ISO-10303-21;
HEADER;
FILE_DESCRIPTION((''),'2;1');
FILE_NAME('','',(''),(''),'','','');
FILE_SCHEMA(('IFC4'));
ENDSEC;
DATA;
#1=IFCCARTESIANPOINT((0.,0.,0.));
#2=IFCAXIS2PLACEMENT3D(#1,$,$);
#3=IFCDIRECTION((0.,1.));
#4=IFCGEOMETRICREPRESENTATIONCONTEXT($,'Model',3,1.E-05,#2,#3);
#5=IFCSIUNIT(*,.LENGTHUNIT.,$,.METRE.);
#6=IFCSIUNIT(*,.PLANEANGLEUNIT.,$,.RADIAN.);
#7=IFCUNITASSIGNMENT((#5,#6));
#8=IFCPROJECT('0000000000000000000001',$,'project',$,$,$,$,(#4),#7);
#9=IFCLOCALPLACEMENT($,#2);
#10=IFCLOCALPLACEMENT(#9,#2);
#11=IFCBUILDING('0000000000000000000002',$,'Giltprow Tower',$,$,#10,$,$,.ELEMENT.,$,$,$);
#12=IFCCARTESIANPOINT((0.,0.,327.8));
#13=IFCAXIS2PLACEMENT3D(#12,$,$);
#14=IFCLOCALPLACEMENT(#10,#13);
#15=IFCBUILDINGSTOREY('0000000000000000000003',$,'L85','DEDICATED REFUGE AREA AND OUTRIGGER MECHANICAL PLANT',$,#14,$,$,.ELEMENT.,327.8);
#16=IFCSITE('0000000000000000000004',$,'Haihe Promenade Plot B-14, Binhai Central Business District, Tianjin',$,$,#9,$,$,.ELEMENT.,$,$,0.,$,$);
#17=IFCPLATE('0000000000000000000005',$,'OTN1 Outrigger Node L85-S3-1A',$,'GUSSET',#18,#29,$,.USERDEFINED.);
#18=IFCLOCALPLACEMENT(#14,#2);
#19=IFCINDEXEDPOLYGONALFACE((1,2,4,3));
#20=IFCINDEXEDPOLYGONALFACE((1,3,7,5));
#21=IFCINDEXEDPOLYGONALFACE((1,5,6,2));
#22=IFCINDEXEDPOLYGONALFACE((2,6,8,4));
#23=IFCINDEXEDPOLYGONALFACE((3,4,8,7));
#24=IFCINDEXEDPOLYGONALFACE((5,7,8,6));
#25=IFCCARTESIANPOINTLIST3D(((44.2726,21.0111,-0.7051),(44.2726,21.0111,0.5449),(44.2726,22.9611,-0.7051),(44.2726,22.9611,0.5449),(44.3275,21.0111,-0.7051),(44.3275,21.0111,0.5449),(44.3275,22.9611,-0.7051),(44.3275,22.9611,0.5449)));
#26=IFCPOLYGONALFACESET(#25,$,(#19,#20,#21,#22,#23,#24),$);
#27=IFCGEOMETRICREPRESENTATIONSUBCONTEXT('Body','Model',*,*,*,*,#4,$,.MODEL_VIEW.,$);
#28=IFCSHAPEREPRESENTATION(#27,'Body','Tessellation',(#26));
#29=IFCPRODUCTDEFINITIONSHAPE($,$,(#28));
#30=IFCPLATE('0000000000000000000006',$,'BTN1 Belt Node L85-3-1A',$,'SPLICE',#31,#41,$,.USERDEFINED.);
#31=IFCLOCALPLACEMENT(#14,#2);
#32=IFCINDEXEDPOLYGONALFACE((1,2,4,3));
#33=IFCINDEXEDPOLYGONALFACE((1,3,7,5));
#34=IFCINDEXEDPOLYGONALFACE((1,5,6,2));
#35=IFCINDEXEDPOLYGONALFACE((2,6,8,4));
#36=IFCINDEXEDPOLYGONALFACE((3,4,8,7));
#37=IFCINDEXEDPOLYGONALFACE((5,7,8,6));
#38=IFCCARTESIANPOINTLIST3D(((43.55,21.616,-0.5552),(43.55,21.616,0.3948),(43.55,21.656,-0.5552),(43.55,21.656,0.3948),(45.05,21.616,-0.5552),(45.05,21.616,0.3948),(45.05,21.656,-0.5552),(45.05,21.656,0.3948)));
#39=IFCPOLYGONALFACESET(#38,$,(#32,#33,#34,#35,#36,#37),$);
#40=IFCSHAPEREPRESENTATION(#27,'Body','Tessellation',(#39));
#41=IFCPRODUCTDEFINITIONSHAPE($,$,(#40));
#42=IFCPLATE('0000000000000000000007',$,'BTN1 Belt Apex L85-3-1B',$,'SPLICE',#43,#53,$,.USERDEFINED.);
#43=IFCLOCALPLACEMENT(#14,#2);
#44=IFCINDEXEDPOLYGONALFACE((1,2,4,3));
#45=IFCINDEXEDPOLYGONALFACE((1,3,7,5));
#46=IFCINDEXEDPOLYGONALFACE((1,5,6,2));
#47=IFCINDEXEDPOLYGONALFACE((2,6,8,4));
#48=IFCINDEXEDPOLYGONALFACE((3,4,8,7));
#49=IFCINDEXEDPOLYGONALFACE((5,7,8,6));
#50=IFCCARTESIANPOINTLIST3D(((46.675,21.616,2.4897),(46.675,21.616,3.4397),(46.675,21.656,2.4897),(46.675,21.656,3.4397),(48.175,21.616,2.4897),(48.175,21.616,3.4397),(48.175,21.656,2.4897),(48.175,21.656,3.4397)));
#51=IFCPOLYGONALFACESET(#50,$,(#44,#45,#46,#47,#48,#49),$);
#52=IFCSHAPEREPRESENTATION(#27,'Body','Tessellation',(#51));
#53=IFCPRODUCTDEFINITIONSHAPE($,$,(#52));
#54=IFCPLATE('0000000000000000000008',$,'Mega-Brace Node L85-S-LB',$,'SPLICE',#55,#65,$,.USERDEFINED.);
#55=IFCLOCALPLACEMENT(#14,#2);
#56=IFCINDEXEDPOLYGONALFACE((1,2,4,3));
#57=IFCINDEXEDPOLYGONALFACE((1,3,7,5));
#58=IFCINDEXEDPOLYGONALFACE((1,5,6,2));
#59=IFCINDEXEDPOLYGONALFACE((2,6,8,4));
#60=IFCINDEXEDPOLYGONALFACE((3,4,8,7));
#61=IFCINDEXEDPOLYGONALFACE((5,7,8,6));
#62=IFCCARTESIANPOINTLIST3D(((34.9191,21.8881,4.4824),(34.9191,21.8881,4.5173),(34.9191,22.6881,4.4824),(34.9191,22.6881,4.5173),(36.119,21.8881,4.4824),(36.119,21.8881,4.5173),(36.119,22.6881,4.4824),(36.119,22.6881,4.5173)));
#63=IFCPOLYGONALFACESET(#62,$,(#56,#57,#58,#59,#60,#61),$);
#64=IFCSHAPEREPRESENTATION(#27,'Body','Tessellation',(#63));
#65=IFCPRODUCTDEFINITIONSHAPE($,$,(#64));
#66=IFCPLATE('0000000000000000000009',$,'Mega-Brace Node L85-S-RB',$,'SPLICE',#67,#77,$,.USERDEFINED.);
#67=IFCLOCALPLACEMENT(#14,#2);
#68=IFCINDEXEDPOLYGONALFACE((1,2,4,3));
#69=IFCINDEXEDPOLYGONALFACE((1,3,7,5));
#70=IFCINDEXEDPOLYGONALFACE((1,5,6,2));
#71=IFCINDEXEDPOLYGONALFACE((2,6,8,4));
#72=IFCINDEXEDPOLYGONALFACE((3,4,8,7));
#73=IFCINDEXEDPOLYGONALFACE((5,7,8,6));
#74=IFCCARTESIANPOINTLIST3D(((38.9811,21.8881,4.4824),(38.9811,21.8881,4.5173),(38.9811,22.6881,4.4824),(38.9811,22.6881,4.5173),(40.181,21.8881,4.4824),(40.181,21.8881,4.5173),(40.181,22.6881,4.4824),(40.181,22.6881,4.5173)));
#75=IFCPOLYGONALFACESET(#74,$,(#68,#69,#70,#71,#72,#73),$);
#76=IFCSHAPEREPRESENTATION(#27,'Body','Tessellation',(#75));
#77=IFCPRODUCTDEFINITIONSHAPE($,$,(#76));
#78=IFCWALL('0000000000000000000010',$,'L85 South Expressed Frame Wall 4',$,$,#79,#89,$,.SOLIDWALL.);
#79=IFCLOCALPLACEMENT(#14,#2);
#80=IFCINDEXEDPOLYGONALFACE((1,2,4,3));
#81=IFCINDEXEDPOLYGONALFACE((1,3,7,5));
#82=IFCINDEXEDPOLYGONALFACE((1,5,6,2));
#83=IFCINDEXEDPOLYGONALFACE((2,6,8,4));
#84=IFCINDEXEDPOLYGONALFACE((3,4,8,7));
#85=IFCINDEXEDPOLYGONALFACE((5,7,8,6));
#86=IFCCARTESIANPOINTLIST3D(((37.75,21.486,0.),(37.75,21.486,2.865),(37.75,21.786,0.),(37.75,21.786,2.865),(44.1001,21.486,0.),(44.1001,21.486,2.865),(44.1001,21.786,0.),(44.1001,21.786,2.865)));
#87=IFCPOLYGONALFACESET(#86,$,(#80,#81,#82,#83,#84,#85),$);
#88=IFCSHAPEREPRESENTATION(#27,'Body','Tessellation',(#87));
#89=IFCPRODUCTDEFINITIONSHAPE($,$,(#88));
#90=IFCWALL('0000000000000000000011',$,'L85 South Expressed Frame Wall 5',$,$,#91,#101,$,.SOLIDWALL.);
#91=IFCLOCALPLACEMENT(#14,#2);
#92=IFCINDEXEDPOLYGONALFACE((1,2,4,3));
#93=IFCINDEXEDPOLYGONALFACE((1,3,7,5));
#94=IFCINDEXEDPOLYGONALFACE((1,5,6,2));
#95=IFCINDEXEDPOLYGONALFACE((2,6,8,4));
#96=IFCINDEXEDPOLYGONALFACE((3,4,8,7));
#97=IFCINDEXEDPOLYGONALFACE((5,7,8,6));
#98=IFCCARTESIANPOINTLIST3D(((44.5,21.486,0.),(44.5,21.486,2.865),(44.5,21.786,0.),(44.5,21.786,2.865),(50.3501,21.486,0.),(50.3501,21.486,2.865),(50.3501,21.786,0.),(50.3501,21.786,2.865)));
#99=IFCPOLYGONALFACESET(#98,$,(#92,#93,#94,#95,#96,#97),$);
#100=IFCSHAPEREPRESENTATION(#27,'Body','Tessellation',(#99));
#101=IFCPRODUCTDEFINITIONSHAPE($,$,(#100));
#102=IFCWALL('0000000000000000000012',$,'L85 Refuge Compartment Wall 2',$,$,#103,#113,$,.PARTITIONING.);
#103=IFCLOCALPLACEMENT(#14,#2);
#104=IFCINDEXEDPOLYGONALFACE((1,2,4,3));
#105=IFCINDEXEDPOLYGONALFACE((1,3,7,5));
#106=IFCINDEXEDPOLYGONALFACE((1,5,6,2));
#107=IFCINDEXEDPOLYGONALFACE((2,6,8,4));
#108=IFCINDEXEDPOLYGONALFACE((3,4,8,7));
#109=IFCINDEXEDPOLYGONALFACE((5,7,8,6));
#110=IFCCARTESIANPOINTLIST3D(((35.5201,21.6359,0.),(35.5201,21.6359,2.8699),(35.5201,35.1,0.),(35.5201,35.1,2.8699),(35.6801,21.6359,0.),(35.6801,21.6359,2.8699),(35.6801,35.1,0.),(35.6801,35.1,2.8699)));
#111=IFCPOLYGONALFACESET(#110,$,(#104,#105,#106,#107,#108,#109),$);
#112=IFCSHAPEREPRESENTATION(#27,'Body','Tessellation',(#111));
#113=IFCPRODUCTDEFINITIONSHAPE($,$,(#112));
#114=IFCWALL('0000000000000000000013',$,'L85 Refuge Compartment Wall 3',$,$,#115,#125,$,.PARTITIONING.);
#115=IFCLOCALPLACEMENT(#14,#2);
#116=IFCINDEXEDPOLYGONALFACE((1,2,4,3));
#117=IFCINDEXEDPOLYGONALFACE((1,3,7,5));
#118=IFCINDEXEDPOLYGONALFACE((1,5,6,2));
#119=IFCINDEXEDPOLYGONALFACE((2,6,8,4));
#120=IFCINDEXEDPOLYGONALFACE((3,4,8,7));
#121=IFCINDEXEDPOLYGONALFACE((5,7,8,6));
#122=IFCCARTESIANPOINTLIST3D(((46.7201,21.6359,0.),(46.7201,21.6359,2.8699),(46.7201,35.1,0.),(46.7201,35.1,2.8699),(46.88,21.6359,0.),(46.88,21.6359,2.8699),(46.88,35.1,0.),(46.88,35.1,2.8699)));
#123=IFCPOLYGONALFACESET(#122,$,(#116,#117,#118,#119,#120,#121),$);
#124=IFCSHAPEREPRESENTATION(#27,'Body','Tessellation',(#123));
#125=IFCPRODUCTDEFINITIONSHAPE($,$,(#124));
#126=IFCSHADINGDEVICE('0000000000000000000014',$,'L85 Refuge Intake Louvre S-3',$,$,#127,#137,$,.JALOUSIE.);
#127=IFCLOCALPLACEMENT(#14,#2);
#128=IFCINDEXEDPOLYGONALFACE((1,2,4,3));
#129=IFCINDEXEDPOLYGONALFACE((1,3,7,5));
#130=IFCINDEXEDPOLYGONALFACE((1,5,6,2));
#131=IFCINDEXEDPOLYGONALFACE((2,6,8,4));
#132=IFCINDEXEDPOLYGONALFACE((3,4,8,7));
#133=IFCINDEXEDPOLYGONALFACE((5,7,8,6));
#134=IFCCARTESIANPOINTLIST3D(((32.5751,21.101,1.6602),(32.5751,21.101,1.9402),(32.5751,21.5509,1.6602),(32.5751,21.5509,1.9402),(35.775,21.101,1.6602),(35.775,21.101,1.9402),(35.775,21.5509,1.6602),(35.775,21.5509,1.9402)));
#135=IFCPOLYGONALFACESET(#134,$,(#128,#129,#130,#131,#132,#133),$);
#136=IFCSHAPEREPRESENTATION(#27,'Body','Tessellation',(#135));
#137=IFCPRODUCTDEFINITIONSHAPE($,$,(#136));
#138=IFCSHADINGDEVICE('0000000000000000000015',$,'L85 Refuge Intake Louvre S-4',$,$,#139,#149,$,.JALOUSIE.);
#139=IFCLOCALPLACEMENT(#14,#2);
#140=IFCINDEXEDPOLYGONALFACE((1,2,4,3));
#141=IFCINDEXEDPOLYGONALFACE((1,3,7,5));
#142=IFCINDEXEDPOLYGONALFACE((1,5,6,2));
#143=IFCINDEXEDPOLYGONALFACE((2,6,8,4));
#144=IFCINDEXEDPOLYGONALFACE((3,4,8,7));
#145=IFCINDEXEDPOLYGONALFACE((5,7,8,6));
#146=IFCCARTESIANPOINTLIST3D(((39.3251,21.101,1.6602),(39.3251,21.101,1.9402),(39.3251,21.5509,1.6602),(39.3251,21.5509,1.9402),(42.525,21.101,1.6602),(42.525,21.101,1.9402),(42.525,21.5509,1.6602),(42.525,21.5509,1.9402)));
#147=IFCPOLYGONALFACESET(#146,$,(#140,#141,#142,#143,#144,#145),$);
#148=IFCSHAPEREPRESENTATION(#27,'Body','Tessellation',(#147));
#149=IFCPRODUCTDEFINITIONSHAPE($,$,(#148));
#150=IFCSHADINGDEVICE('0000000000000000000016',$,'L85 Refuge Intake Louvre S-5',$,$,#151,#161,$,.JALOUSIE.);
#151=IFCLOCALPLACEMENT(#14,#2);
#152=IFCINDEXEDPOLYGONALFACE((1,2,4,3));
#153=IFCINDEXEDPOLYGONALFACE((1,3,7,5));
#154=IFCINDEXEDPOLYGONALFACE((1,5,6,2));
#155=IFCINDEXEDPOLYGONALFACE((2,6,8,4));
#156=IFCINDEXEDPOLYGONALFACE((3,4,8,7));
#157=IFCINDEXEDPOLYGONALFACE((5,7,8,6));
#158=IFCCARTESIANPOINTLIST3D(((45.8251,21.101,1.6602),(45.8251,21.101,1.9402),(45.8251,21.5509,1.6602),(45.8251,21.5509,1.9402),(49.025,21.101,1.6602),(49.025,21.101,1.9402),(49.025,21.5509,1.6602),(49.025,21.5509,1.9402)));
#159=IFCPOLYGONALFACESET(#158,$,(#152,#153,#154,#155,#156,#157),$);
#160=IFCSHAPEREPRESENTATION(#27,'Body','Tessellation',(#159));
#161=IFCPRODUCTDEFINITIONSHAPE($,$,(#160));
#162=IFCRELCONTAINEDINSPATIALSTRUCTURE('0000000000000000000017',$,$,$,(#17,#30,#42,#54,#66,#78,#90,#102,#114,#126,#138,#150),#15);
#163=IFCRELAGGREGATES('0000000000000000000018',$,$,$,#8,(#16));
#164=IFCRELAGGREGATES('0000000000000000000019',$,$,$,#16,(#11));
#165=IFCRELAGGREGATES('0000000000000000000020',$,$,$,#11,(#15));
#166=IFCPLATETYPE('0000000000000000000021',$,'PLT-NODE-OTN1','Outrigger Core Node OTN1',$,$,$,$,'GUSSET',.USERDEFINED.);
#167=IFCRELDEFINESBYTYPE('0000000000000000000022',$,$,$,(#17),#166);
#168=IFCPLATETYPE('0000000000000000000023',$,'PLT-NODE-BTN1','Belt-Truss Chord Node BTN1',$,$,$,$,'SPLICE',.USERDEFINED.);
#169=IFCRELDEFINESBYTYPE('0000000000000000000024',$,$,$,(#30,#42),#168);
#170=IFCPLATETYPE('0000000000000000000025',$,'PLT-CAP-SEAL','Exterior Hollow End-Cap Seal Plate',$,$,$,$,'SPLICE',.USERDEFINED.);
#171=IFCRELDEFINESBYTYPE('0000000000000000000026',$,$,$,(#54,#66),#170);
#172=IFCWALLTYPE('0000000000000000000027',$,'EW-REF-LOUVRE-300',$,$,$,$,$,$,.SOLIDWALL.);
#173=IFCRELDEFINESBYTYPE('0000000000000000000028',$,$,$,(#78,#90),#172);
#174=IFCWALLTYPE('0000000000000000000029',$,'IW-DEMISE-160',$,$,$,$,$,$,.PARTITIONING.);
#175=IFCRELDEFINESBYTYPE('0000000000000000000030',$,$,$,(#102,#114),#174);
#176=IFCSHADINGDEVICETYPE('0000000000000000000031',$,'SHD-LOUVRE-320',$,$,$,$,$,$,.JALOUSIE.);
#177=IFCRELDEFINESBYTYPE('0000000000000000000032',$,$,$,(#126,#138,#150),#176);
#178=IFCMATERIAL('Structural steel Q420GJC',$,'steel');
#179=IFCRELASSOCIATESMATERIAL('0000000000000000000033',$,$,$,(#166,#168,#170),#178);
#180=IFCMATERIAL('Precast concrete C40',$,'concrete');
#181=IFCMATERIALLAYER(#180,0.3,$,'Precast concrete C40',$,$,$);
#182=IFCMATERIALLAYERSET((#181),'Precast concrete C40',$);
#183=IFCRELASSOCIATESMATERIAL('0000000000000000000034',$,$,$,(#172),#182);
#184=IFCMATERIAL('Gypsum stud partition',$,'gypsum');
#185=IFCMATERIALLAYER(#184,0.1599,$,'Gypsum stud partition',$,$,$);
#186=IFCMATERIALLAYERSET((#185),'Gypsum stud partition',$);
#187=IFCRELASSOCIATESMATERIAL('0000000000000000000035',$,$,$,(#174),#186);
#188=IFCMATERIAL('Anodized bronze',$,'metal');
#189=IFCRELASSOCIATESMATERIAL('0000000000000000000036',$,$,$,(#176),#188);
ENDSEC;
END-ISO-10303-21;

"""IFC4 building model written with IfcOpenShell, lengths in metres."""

from ifc_helpers import new_model, si_unit, direction, frame, frame_2d, origin, origin_2d, place, context, subcontext, project, spatial, rectangle, extrude, source, transform, mapped, material, layer, layer_set, type_object, element, save


model = new_model("IFC4")

# Units and contexts
model_context = context("Model", 3, precision=1e-05, world=origin(), true_north=direction((0.0, 1.0)))
body_context = subcontext(model_context, "Body", "Model", "MODEL_VIEW")
ifc_project = project(units=[si_unit("LENGTHUNIT", "METRE"), si_unit("PLANEANGLEUNIT", "RADIAN")], contexts=[model_context])

# Site, building, storey
site_placement = place(None, origin())
site = spatial("IfcSite", under=ifc_project, at=site_placement, Name="Haihe Promenade Plot B-14, Binhai Central Business District, Tianjin", CompositionType="ELEMENT", RefElevation=0.0)
building_placement = place(site_placement, origin())
building = spatial("IfcBuilding", under=site, at=building_placement, Name="Giltprow Tower", CompositionType="ELEMENT")
storey_placement = place(building_placement, frame((0.0, 0.0, 327.8)))
storey = spatial("IfcBuildingStorey", under=building, at=storey_placement, Name="L85", Description="DEDICATED REFUGE AREA AND OUTRIGGER MECHANICAL PLANT", CompositionType="ELEMENT", Elevation=327.8)

# Shared definitions
ifc_material_1 = material(Name="Structural steel Q420GJC", Category="steel")

# Plates
plate_type_1 = type_object("IfcPlateType", Name="PLT-NODE-OTN1", Description="Outrigger Core Node OTN1", ElementType="GUSSET", PredefinedType="USERDEFINED", material=ifc_material_1)
shared_shape_1 = source(origin(), body_context, "Body", "SweptSolid", [
    extrude(rectangle(XDim=1.95, YDim=0.0549, at=origin_2d()), origin(), (0.0, 0.0, 1.0), 1.25),
])
plate_placement = place(storey_placement, frame((44.3, 21.9861, -0.7051), z_axis=(0.0, 0.0, 1.0), x_axis=(0.0, 1.0, 0.0)))
element("IfcPlate", 1, at=plate_placement, inside=storey, type_object=plate_type_1, Name="OTN1 Outrigger Node L85-S3-1A", ObjectType="GUSSET", PredefinedType="USERDEFINED", context=body_context, shape_type="MappedRepresentation", body=[
    mapped(shared_shape_1, transform((0.0, 0.0, 0.0), x_axis=(1.0, 0.0, 0.0), y_axis=(0.0, 1.0, 0.0), z_axis=(0.0, 0.0, 1.0), scale=1.0)),
])
plate_type_2 = type_object("IfcPlateType", Name="PLT-NODE-BTN1", Description="Belt-Truss Chord Node BTN1", ElementType="SPLICE", PredefinedType="USERDEFINED", material=ifc_material_1)
shared_shape_2 = source(origin(), body_context, "Body", "SweptSolid", [
    extrude(rectangle(XDim=1.5, YDim=0.04, at=origin_2d()), origin(), (0.0, 0.0, 1.0), 0.95),
])
for number, where, z_axis, x_axis, name in (
    (2, (44.3, 21.636, -0.5552), (0.0, 0.0, 1.0), (1.0, 0.0, 0.0), "BTN1 Belt Node L85-3-1A"),
    (3, (47.425, 21.636, 2.4897), (0.0, 0.0, 1.0), (1.0, 0.0, 0.0), "BTN1 Belt Apex L85-3-1B"),
):
    element("IfcPlate", number, at=place(storey_placement, frame(where, z_axis=z_axis, x_axis=x_axis)), inside=storey, type_object=plate_type_2, Name=name, ObjectType="SPLICE", PredefinedType="USERDEFINED", context=body_context, shape_type="MappedRepresentation", body=[
        mapped(shared_shape_2, transform((0.0, 0.0, 0.0), x_axis=(1.0, 0.0, 0.0), y_axis=(0.0, 1.0, 0.0), z_axis=(0.0, 0.0, 1.0), scale=1.0)),
    ])
plate_type_3 = type_object("IfcPlateType", Name="PLT-CAP-SEAL", Description="Exterior Hollow End-Cap Seal Plate", ElementType="SPLICE", PredefinedType="USERDEFINED", material=ifc_material_1)
shared_shape_3 = source(origin(), body_context, "Body", "SweptSolid", [
    extrude(rectangle(XDim=1.2, YDim=0.8, at=origin_2d()), origin(), (0.0, 0.0, 1.0), 0.0349),
])
for number, where, z_axis, x_axis, name in (
    (4, (35.519, 22.2881, 4.4824), (0.0, 0.0, 1.0), (1.0, 0.0, 0.0), "Mega-Brace Node L85-S-LB"),
    (5, (39.5811, 22.2881, 4.4824), (0.0, 0.0, 1.0), (1.0, 0.0, 0.0), "Mega-Brace Node L85-S-RB"),
):
    element("IfcPlate", number, at=place(storey_placement, frame(where, z_axis=z_axis, x_axis=x_axis)), inside=storey, type_object=plate_type_3, Name=name, ObjectType="SPLICE", PredefinedType="USERDEFINED", context=body_context, shape_type="MappedRepresentation", body=[
        mapped(shared_shape_3, transform((0.0, 0.0, 0.0), x_axis=(1.0, 0.0, 0.0), y_axis=(0.0, 1.0, 0.0), z_axis=(0.0, 0.0, 1.0), scale=1.0)),
    ])

# Walls
ifc_material_2 = material(Name="Precast concrete C40", Category="concrete")
ifc_layer_1 = layer(ifc_material_2, 0.3, Name="Precast concrete C40")
ifc_layer_set_1 = layer_set([ifc_layer_1], Name="Precast concrete C40")
wall_type_1 = type_object("IfcWallType", Name="EW-REF-LOUVRE-300", PredefinedType="SOLIDWALL", material=ifc_layer_set_1)
wall_1_placement = place(storey_placement, frame((37.75, 21.636, 0.0), z_axis=(0.0, 0.0, 1.0), x_axis=(1.0, 0.0, 0.0)))
element("IfcWall", 6, at=wall_1_placement, inside=storey, type_object=wall_type_1, Name="L85 South Expressed Frame Wall 4", PredefinedType="SOLIDWALL", context=body_context, shape_type="SweptSolid", body=[
    extrude(rectangle(XDim=6.3501, YDim=0.3, at=frame_2d((3.175, 0.0))), origin(), (0.0, 0.0, 1.0), 2.865),
])
wall_2_placement = place(storey_placement, frame((44.5, 21.636, 0.0), z_axis=(0.0, 0.0, 1.0), x_axis=(1.0, 0.0, 0.0)))
element("IfcWall", 7, at=wall_2_placement, inside=storey, type_object=wall_type_1, Name="L85 South Expressed Frame Wall 5", PredefinedType="SOLIDWALL", context=body_context, shape_type="SweptSolid", body=[
    extrude(rectangle(XDim=5.8501, YDim=0.3, at=frame_2d((2.925, 0.0))), origin(), (0.0, 0.0, 1.0), 2.865),
])
ifc_material_3 = material(Name="Gypsum stud partition", Category="gypsum")
ifc_layer_2 = layer(ifc_material_3, 0.1599, Name="Gypsum stud partition")
ifc_layer_set_2 = layer_set([ifc_layer_2], Name="Gypsum stud partition")
wall_type_2 = type_object("IfcWallType", Name="IW-DEMISE-160", PredefinedType="PARTITIONING", material=ifc_layer_set_2)
for number, where, z_axis, x_axis, name in (
    (8, (35.6001, 21.636, 0.0), (0.0, 0.0, 1.0), (0.0, 1.0, 0.0), "L85 Refuge Compartment Wall 2"),
    (9, (46.8, 21.636, 0.0), (0.0, 0.0, 1.0), (0.0, 1.0, 0.0), "L85 Refuge Compartment Wall 3"),
):
    element("IfcWall", number, at=place(storey_placement, frame(where, z_axis=z_axis, x_axis=x_axis)), inside=storey, type_object=wall_type_2, Name=name, PredefinedType="PARTITIONING", context=body_context, shape_type="SweptSolid", body=[
        extrude(rectangle(XDim=13.4641, YDim=0.1599, at=frame_2d((6.7319, 0.0))), origin(), (0.0, 0.0, 1.0), 2.8699),
    ])

# Shading devices
ifc_material_4 = material(Name="Anodized bronze", Category="metal")
shading_device_type = type_object("IfcShadingDeviceType", Name="SHD-LOUVRE-320", PredefinedType="JALOUSIE", material=ifc_material_4)
shared_shape_4 = source(origin(), body_context, "Body", "SweptSolid", [
    extrude(rectangle(XDim=3.2, YDim=0.45, at=origin_2d()), origin(), (0.0, 0.0, 1.0), 0.28),
])
for number, where, z_axis, x_axis, name in (
    (10, (34.175, 21.3259, 1.6602), (0.0, 0.0, 1.0), (1.0, 0.0, 0.0), "L85 Refuge Intake Louvre S-3"),
    (11, (40.925, 21.3259, 1.6602), (0.0, 0.0, 1.0), (1.0, 0.0, 0.0), "L85 Refuge Intake Louvre S-4"),
    (12, (47.425, 21.3259, 1.6602), (0.0, 0.0, 1.0), (1.0, 0.0, 0.0), "L85 Refuge Intake Louvre S-5"),
):
    element("IfcShadingDevice", number, at=place(storey_placement, frame(where, z_axis=z_axis, x_axis=x_axis)), inside=storey, type_object=shading_device_type, Name=name, PredefinedType="JALOUSIE", context=body_context, shape_type="MappedRepresentation", body=[
        mapped(shared_shape_4, transform((0.0, 0.0, 0.0), x_axis=(1.0, 0.0, 0.0), y_axis=(0.0, 1.0, 0.0), z_axis=(0.0, 0.0, 1.0), scale=1.0)),
    ])

save(model, "model.ifc")
